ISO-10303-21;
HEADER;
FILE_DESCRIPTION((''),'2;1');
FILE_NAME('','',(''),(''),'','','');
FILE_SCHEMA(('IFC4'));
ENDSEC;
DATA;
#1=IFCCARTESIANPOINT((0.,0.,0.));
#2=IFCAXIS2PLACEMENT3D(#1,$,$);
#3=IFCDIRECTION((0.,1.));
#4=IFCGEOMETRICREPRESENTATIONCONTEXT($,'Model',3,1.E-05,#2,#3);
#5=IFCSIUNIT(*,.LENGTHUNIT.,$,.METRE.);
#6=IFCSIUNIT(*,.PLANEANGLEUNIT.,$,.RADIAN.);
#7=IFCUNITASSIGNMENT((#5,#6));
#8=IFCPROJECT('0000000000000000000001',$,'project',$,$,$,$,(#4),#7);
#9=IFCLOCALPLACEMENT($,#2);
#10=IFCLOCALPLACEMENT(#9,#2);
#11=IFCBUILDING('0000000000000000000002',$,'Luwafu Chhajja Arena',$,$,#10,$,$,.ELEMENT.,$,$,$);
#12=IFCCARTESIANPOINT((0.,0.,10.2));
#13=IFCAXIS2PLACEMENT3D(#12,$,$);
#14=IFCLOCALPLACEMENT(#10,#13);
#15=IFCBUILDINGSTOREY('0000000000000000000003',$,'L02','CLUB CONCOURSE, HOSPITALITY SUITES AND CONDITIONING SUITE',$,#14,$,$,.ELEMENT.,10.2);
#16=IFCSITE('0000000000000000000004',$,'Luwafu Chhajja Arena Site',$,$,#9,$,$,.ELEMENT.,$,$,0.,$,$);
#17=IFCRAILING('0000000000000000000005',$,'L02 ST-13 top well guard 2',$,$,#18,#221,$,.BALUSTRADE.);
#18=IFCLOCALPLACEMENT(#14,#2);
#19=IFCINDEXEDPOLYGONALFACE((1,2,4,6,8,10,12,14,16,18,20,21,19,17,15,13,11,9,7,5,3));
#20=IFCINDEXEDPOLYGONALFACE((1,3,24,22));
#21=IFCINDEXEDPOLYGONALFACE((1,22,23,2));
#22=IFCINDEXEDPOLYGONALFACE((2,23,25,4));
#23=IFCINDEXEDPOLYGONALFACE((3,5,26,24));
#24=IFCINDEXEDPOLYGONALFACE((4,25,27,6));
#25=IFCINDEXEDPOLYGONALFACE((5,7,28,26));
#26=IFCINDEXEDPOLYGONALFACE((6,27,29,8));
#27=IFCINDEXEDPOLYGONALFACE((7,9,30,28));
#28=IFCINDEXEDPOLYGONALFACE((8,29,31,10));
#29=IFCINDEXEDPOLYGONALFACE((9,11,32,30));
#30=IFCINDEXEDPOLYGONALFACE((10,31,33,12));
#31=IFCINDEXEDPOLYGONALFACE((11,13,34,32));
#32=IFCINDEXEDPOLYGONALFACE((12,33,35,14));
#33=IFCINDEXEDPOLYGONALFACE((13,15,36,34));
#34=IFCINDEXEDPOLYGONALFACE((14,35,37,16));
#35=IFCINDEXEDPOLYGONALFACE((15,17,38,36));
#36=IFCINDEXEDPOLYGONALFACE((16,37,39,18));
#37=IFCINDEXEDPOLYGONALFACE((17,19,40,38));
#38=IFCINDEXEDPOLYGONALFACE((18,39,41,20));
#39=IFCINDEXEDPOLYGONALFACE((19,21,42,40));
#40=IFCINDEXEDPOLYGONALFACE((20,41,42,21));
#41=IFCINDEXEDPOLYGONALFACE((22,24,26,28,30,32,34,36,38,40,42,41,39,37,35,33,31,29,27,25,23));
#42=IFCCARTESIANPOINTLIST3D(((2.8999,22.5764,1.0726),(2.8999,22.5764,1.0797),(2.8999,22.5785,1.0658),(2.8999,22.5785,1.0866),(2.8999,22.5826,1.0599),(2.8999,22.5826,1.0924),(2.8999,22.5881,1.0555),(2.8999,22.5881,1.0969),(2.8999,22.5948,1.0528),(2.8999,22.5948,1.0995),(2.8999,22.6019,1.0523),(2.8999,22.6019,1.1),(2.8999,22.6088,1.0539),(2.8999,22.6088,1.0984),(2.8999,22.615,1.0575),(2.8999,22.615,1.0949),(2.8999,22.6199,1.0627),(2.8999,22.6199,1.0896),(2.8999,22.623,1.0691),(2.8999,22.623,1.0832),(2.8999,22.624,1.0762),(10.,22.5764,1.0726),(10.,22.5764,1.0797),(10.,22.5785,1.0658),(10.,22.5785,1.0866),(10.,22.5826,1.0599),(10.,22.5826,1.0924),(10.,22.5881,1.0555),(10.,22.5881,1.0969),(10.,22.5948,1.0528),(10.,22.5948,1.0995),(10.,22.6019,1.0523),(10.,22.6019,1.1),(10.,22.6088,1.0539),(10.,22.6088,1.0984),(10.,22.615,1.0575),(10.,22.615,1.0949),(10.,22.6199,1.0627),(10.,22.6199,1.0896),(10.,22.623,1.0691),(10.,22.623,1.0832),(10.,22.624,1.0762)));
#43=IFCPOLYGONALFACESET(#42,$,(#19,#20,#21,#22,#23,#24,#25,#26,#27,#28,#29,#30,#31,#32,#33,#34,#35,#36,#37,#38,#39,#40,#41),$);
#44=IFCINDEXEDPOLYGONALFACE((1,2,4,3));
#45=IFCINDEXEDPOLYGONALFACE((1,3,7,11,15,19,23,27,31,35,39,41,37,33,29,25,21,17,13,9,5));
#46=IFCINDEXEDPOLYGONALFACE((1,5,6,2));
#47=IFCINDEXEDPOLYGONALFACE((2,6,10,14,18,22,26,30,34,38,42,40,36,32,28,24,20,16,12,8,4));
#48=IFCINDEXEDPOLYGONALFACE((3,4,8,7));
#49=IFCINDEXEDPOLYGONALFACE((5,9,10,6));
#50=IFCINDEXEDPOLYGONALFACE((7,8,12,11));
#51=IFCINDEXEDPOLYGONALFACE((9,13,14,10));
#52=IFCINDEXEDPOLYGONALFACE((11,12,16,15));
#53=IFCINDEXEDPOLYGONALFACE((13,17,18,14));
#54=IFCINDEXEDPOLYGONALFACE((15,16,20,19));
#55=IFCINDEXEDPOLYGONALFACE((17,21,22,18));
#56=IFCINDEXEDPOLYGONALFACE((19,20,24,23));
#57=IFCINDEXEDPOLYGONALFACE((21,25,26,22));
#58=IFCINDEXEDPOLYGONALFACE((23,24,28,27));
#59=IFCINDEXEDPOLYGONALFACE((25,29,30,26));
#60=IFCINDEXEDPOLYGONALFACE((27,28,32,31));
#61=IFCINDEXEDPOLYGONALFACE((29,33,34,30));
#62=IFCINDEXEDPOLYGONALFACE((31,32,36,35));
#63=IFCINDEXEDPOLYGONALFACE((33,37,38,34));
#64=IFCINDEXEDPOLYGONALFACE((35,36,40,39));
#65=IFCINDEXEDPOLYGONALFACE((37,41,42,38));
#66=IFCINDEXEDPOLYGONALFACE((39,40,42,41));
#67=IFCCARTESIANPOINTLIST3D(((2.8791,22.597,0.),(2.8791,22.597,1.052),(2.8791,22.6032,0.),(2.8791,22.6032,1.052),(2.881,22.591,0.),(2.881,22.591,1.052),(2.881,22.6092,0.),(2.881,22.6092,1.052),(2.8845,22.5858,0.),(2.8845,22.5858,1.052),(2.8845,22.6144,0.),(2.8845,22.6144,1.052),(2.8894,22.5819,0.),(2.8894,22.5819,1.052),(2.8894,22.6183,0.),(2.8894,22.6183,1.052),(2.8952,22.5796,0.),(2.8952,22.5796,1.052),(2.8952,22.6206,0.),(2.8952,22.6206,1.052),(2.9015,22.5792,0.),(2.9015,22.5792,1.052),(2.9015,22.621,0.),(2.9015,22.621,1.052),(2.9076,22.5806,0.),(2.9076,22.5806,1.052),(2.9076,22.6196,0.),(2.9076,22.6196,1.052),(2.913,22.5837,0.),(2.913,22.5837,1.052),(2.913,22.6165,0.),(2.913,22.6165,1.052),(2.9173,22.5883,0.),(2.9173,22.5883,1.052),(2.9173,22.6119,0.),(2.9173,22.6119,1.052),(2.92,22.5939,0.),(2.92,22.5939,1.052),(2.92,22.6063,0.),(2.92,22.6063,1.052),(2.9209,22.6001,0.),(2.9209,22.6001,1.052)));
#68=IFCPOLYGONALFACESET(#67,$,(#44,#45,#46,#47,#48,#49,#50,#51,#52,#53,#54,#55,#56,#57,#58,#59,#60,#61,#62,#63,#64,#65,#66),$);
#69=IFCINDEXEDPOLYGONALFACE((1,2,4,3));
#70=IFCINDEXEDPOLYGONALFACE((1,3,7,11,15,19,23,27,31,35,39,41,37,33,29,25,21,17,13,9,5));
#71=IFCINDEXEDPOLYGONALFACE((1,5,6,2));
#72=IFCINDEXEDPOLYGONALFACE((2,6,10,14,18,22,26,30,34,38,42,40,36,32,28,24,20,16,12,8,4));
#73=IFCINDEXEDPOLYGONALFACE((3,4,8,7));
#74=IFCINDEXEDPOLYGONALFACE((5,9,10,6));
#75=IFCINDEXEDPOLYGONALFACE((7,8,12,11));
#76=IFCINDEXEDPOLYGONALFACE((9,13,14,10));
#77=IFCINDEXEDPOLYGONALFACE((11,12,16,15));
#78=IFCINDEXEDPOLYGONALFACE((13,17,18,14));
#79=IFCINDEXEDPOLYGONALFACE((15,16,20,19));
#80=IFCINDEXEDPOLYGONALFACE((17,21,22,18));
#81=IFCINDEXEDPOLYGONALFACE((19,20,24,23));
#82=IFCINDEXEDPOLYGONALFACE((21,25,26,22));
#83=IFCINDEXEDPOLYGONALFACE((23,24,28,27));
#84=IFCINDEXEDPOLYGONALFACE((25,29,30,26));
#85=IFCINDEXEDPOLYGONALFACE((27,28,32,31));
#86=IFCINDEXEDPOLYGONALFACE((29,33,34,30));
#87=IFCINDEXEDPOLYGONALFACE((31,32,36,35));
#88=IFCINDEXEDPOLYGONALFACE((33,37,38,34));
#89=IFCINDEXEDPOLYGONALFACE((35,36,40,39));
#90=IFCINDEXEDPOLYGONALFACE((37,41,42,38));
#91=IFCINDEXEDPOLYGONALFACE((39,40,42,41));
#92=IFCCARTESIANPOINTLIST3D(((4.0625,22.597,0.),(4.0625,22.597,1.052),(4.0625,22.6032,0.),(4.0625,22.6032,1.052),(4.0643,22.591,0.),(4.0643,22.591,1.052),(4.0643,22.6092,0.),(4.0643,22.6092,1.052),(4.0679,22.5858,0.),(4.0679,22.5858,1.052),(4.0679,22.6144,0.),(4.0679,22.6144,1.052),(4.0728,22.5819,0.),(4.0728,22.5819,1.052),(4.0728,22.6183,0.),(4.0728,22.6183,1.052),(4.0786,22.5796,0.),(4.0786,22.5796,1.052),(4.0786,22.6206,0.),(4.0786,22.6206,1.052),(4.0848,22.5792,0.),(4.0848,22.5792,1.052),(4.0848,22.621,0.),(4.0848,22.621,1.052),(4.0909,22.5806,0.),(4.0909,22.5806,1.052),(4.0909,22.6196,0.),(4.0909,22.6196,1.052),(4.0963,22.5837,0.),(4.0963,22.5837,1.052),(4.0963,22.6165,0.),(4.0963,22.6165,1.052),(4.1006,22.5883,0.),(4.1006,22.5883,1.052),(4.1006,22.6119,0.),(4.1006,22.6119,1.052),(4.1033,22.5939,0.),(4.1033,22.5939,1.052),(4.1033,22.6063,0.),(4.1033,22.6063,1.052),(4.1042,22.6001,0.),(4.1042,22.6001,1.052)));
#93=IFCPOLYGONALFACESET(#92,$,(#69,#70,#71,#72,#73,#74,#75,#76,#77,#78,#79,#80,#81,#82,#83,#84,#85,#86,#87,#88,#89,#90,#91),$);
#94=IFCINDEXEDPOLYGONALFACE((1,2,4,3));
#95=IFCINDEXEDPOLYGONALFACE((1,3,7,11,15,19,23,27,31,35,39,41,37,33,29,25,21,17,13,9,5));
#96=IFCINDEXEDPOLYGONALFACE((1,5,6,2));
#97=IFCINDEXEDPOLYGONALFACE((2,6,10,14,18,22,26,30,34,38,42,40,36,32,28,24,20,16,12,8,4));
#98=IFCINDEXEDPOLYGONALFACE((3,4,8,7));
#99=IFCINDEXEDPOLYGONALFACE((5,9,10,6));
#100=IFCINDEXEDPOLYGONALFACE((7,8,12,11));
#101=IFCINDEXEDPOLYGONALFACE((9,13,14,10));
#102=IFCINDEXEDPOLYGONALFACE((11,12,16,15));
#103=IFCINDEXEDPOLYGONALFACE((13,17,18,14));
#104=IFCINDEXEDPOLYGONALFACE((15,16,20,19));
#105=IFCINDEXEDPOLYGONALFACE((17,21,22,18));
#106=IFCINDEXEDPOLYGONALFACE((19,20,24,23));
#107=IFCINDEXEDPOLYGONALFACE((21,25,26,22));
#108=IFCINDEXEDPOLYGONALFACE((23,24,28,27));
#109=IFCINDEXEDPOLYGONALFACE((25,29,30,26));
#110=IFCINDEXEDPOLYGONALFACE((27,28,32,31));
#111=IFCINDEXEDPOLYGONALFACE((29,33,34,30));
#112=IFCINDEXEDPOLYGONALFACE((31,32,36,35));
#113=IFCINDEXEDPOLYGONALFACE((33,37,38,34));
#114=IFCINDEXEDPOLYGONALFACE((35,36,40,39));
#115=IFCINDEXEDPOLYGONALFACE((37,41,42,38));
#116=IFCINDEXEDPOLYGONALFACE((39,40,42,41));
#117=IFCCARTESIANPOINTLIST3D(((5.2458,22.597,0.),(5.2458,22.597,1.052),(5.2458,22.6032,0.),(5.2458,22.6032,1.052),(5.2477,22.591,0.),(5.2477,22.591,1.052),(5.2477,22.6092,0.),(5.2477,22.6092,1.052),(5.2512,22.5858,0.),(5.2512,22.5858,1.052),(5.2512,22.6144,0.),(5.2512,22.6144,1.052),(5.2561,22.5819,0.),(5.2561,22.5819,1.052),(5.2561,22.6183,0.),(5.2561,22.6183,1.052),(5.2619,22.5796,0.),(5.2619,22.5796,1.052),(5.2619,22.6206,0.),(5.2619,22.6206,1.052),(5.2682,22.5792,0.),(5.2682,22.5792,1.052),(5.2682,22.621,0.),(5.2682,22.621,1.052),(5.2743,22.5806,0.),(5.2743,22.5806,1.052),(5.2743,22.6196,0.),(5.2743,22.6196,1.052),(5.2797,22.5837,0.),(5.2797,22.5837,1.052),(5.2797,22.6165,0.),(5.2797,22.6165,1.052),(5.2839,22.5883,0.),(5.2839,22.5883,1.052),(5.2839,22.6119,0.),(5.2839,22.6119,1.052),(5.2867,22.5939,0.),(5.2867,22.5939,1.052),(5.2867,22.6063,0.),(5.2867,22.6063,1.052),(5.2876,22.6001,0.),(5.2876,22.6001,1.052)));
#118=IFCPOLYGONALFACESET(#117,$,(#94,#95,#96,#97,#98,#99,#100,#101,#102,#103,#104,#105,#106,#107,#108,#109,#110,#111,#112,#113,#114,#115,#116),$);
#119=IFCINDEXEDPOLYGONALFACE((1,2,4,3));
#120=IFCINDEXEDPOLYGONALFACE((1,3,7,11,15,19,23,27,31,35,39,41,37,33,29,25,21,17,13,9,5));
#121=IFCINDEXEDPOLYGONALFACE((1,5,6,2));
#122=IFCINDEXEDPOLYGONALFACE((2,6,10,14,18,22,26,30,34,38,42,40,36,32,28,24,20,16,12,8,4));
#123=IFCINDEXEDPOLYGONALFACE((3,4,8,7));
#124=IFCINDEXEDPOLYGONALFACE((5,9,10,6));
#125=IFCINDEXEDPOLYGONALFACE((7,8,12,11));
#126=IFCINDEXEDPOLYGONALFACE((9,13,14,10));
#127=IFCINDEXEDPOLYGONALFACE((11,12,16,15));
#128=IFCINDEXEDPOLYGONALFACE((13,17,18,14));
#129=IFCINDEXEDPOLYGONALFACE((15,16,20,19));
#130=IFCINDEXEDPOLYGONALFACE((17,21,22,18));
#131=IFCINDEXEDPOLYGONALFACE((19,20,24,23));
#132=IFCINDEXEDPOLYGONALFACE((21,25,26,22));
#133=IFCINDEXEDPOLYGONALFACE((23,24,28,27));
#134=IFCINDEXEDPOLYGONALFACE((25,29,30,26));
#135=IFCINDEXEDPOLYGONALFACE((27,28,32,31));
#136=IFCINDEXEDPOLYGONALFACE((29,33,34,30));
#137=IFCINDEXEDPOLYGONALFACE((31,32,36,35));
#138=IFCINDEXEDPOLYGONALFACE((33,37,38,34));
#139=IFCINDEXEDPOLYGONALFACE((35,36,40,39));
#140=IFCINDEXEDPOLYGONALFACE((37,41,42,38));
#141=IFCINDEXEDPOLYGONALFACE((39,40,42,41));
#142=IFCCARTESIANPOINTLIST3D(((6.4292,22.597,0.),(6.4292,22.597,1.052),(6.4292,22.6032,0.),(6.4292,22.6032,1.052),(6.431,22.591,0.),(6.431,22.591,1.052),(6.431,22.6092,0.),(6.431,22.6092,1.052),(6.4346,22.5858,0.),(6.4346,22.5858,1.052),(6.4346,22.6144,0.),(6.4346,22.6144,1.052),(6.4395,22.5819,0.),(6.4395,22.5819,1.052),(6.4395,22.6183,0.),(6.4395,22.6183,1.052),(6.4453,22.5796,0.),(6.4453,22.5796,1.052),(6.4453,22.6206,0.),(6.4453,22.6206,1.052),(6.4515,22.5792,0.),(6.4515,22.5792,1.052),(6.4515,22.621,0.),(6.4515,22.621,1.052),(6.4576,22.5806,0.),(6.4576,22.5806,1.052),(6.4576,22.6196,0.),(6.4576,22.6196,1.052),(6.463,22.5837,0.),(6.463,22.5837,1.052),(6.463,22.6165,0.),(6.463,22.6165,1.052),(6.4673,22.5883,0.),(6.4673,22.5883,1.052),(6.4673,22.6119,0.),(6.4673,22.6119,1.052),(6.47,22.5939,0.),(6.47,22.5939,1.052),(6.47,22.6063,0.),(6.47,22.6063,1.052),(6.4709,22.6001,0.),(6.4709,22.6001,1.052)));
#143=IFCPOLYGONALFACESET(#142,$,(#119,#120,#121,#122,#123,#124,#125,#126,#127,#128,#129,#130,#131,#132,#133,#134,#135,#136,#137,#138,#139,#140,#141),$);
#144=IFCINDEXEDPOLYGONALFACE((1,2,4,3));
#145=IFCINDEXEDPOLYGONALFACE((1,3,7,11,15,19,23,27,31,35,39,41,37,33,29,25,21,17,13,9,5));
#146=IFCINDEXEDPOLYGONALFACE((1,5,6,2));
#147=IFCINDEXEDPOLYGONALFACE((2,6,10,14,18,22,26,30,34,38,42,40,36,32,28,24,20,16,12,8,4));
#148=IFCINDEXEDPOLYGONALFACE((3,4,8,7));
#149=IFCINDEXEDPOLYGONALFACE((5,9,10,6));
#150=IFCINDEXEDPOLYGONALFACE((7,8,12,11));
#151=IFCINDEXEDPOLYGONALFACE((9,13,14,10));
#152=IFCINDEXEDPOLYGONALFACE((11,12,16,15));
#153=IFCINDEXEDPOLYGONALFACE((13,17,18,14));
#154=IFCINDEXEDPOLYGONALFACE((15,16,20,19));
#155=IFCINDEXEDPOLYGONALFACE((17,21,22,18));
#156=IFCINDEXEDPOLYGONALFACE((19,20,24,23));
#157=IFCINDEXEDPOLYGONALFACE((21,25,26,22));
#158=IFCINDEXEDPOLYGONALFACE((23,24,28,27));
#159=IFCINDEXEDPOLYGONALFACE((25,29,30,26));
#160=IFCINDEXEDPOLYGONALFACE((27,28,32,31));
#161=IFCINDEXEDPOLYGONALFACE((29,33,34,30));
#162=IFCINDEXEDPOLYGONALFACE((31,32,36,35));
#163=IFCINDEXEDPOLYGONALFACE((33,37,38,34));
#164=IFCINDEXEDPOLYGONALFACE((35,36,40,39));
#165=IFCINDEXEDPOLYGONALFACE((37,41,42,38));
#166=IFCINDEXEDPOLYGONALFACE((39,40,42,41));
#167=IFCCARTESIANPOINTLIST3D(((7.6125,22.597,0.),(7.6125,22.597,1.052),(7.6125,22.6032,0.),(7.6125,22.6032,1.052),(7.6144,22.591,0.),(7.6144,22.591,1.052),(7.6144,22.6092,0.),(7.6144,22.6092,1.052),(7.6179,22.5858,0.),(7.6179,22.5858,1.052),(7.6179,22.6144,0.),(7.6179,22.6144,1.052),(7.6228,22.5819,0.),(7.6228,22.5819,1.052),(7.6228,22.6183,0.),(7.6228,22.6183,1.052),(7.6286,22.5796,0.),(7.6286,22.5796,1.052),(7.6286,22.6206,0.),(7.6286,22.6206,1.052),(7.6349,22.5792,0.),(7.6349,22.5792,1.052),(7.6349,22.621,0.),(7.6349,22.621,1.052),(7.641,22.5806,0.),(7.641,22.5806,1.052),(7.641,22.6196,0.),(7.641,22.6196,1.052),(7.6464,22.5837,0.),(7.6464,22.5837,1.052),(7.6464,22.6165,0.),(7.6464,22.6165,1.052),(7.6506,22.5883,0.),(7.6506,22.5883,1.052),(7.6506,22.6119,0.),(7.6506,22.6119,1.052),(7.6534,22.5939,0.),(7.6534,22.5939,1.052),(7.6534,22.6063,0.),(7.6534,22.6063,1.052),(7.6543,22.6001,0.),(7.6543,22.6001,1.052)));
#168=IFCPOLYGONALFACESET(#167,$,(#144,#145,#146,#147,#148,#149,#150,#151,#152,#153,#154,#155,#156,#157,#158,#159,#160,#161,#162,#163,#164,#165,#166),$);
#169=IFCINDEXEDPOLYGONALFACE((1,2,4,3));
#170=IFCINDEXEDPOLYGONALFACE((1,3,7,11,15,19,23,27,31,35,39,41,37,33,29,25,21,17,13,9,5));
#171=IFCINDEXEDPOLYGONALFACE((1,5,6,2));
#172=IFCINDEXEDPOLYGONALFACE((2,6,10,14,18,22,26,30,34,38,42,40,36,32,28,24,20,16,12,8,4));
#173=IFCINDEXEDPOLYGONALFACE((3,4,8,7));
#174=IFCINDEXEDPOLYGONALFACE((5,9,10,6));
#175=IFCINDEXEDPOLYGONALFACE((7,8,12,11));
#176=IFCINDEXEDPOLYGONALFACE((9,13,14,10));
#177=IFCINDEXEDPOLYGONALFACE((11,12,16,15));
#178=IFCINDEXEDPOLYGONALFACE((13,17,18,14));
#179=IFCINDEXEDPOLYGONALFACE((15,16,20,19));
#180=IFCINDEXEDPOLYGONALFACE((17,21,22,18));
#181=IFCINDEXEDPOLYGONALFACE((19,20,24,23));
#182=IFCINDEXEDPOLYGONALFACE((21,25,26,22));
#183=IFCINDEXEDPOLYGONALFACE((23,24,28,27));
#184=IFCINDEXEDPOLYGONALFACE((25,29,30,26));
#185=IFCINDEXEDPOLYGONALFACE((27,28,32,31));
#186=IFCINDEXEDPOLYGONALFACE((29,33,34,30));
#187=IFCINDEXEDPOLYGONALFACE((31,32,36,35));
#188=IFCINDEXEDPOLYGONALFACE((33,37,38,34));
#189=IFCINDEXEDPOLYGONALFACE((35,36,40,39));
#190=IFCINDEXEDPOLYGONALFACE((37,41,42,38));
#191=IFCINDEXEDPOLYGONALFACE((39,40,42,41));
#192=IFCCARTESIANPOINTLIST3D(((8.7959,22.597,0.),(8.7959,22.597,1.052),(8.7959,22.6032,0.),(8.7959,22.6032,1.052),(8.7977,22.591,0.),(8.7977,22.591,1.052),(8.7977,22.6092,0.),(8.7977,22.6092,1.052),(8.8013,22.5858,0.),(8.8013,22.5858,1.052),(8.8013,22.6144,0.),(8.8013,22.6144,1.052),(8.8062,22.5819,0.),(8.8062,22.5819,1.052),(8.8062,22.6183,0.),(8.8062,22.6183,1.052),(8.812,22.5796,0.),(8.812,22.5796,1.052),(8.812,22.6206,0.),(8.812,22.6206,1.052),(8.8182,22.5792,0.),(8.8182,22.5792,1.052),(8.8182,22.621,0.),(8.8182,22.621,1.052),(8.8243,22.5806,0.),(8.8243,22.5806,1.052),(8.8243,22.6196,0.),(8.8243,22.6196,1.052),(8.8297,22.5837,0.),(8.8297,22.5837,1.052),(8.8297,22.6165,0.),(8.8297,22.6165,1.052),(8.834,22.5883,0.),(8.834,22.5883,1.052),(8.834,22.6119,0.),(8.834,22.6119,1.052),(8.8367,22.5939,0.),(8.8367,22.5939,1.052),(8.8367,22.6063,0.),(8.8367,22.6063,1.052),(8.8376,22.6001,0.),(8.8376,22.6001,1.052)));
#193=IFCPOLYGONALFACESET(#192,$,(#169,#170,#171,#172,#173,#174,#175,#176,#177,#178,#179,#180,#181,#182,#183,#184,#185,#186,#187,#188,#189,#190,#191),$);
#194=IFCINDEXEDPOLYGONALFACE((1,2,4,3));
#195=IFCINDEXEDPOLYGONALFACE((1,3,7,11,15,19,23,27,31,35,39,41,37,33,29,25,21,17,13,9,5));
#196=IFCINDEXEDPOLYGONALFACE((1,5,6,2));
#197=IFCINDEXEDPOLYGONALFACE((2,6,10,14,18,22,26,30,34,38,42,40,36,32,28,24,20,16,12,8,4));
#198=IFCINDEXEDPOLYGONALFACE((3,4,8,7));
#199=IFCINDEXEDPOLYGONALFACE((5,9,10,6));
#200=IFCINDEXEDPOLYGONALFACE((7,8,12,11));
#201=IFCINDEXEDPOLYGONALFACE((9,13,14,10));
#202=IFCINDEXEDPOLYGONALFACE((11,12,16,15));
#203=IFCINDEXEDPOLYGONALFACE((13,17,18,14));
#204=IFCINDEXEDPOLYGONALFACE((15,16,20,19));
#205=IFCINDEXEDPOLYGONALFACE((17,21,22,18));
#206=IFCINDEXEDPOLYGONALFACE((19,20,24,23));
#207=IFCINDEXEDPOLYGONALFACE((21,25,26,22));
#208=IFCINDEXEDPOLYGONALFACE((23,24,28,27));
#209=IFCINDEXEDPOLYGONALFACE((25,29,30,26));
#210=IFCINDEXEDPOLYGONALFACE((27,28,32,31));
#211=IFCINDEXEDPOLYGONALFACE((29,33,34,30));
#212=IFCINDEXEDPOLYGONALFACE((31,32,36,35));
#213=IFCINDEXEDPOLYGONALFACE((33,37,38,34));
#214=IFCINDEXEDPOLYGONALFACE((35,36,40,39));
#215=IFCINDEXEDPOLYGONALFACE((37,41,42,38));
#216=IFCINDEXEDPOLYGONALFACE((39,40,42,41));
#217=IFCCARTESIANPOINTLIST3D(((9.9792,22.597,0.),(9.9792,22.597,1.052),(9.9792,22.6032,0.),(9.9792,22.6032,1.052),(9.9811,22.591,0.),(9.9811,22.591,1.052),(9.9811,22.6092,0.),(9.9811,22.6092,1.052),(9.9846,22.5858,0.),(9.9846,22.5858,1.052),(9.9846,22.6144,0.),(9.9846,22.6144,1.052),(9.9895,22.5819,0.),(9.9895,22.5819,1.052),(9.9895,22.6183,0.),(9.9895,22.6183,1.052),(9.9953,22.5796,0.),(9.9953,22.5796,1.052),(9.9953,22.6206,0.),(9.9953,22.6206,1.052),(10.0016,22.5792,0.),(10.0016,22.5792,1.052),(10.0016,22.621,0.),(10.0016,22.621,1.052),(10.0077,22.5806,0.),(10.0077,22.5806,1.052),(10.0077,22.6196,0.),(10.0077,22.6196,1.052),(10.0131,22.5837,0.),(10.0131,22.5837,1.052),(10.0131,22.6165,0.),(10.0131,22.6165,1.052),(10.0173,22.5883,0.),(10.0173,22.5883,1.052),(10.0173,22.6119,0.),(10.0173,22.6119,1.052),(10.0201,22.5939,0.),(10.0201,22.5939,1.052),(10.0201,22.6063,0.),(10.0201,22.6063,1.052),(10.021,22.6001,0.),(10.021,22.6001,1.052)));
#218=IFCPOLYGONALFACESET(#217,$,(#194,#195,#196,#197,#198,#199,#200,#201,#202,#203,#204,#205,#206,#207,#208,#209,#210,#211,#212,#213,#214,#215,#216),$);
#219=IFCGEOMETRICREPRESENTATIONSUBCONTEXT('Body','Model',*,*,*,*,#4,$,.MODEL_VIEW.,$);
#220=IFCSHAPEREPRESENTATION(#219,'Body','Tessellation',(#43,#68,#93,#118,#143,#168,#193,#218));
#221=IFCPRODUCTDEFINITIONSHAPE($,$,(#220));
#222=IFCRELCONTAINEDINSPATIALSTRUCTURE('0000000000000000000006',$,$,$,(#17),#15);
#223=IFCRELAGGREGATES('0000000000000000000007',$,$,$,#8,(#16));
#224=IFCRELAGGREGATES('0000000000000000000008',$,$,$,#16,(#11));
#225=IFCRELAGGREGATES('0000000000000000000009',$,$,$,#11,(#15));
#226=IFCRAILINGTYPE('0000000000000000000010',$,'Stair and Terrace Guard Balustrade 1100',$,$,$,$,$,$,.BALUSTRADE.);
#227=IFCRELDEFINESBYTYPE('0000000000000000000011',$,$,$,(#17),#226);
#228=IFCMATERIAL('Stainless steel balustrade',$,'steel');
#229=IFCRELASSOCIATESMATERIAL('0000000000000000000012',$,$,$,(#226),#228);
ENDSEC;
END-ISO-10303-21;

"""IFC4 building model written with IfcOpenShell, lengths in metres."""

from ifc_helpers import new_model, si_unit, direction, frame, origin, origin_2d, place, context, subcontext, project, spatial, circle, extrude, material, type_object, element, save


model = new_model("IFC4")

# Units and contexts
model_context = context("Model", 3, precision=1e-05, world=origin(), true_north=direction((0.0, 1.0)))
body_context = subcontext(model_context, "Body", "Model", "MODEL_VIEW")
ifc_project = project(units=[si_unit("LENGTHUNIT", "METRE"), si_unit("PLANEANGLEUNIT", "RADIAN")], contexts=[model_context])

# Site, building, storey
site_placement = place(None, origin())
site = spatial("IfcSite", under=ifc_project, at=site_placement, Name="Luwafu Chhajja Arena Site", CompositionType="ELEMENT", RefElevation=0.0)
building_placement = place(site_placement, origin())
building = spatial("IfcBuilding", under=site, at=building_placement, Name="Luwafu Chhajja Arena", CompositionType="ELEMENT")
storey_placement = place(building_placement, frame((0.0, 0.0, 10.2)))
storey = spatial("IfcBuildingStorey", under=building, at=storey_placement, Name="L02", Description="CLUB CONCOURSE, HOSPITALITY SUITES AND CONDITIONING SUITE", CompositionType="ELEMENT", Elevation=10.2)

# Railing
ifc_material_1 = material(Name="Stainless steel balustrade", Category="steel")
railing_type = type_object("IfcRailingType", Name="Stair and Terrace Guard Balustrade 1100", PredefinedType="BALUSTRADE", material=ifc_material_1)
railing_1_placement = place(storey_placement, frame((2.8999, 22.6001, 0.0)))
element("IfcRailing", 1, at=railing_1_placement, inside=storey, type_object=railing_type, Name="L02 ST-13 top well guard 2", PredefinedType="BALUSTRADE", context=body_context, shape_type="SweptSolid", body=[
    extrude(circle(Radius=0.0239, at=origin_2d()), frame((0.0, 0.0, 1.0762), z_axis=(1.0, 0.0, 0.0), x_axis=(0.0, 1.0, 0.0)), (0.0, 0.0, 1.0), 7.1001),
    extrude(circle(Radius=0.021, at=origin_2d()), origin(), (0.0, 0.0, 1.0), 1.052),
    extrude(circle(Radius=0.021, at=origin_2d()), frame((1.1833, 0.0, 0.0)), (0.0, 0.0, 1.0), 1.052),
    extrude(circle(Radius=0.021, at=origin_2d()), frame((2.3667, 0.0, 0.0)), (0.0, 0.0, 1.0), 1.052),
    extrude(circle(Radius=0.021, at=origin_2d()), frame((3.55, 0.0, 0.0)), (0.0, 0.0, 1.0), 1.052),
    extrude(circle(Radius=0.021, at=origin_2d()), frame((4.7334, 0.0, 0.0)), (0.0, 0.0, 1.0), 1.052),
    extrude(circle(Radius=0.021, at=origin_2d()), frame((5.9167, 0.0, 0.0)), (0.0, 0.0, 1.0), 1.052),
    extrude(circle(Radius=0.021, at=origin_2d()), frame((7.1001, 0.0, 0.0)), (0.0, 0.0, 1.0), 1.052),
])

save(model, "model.ifc")
